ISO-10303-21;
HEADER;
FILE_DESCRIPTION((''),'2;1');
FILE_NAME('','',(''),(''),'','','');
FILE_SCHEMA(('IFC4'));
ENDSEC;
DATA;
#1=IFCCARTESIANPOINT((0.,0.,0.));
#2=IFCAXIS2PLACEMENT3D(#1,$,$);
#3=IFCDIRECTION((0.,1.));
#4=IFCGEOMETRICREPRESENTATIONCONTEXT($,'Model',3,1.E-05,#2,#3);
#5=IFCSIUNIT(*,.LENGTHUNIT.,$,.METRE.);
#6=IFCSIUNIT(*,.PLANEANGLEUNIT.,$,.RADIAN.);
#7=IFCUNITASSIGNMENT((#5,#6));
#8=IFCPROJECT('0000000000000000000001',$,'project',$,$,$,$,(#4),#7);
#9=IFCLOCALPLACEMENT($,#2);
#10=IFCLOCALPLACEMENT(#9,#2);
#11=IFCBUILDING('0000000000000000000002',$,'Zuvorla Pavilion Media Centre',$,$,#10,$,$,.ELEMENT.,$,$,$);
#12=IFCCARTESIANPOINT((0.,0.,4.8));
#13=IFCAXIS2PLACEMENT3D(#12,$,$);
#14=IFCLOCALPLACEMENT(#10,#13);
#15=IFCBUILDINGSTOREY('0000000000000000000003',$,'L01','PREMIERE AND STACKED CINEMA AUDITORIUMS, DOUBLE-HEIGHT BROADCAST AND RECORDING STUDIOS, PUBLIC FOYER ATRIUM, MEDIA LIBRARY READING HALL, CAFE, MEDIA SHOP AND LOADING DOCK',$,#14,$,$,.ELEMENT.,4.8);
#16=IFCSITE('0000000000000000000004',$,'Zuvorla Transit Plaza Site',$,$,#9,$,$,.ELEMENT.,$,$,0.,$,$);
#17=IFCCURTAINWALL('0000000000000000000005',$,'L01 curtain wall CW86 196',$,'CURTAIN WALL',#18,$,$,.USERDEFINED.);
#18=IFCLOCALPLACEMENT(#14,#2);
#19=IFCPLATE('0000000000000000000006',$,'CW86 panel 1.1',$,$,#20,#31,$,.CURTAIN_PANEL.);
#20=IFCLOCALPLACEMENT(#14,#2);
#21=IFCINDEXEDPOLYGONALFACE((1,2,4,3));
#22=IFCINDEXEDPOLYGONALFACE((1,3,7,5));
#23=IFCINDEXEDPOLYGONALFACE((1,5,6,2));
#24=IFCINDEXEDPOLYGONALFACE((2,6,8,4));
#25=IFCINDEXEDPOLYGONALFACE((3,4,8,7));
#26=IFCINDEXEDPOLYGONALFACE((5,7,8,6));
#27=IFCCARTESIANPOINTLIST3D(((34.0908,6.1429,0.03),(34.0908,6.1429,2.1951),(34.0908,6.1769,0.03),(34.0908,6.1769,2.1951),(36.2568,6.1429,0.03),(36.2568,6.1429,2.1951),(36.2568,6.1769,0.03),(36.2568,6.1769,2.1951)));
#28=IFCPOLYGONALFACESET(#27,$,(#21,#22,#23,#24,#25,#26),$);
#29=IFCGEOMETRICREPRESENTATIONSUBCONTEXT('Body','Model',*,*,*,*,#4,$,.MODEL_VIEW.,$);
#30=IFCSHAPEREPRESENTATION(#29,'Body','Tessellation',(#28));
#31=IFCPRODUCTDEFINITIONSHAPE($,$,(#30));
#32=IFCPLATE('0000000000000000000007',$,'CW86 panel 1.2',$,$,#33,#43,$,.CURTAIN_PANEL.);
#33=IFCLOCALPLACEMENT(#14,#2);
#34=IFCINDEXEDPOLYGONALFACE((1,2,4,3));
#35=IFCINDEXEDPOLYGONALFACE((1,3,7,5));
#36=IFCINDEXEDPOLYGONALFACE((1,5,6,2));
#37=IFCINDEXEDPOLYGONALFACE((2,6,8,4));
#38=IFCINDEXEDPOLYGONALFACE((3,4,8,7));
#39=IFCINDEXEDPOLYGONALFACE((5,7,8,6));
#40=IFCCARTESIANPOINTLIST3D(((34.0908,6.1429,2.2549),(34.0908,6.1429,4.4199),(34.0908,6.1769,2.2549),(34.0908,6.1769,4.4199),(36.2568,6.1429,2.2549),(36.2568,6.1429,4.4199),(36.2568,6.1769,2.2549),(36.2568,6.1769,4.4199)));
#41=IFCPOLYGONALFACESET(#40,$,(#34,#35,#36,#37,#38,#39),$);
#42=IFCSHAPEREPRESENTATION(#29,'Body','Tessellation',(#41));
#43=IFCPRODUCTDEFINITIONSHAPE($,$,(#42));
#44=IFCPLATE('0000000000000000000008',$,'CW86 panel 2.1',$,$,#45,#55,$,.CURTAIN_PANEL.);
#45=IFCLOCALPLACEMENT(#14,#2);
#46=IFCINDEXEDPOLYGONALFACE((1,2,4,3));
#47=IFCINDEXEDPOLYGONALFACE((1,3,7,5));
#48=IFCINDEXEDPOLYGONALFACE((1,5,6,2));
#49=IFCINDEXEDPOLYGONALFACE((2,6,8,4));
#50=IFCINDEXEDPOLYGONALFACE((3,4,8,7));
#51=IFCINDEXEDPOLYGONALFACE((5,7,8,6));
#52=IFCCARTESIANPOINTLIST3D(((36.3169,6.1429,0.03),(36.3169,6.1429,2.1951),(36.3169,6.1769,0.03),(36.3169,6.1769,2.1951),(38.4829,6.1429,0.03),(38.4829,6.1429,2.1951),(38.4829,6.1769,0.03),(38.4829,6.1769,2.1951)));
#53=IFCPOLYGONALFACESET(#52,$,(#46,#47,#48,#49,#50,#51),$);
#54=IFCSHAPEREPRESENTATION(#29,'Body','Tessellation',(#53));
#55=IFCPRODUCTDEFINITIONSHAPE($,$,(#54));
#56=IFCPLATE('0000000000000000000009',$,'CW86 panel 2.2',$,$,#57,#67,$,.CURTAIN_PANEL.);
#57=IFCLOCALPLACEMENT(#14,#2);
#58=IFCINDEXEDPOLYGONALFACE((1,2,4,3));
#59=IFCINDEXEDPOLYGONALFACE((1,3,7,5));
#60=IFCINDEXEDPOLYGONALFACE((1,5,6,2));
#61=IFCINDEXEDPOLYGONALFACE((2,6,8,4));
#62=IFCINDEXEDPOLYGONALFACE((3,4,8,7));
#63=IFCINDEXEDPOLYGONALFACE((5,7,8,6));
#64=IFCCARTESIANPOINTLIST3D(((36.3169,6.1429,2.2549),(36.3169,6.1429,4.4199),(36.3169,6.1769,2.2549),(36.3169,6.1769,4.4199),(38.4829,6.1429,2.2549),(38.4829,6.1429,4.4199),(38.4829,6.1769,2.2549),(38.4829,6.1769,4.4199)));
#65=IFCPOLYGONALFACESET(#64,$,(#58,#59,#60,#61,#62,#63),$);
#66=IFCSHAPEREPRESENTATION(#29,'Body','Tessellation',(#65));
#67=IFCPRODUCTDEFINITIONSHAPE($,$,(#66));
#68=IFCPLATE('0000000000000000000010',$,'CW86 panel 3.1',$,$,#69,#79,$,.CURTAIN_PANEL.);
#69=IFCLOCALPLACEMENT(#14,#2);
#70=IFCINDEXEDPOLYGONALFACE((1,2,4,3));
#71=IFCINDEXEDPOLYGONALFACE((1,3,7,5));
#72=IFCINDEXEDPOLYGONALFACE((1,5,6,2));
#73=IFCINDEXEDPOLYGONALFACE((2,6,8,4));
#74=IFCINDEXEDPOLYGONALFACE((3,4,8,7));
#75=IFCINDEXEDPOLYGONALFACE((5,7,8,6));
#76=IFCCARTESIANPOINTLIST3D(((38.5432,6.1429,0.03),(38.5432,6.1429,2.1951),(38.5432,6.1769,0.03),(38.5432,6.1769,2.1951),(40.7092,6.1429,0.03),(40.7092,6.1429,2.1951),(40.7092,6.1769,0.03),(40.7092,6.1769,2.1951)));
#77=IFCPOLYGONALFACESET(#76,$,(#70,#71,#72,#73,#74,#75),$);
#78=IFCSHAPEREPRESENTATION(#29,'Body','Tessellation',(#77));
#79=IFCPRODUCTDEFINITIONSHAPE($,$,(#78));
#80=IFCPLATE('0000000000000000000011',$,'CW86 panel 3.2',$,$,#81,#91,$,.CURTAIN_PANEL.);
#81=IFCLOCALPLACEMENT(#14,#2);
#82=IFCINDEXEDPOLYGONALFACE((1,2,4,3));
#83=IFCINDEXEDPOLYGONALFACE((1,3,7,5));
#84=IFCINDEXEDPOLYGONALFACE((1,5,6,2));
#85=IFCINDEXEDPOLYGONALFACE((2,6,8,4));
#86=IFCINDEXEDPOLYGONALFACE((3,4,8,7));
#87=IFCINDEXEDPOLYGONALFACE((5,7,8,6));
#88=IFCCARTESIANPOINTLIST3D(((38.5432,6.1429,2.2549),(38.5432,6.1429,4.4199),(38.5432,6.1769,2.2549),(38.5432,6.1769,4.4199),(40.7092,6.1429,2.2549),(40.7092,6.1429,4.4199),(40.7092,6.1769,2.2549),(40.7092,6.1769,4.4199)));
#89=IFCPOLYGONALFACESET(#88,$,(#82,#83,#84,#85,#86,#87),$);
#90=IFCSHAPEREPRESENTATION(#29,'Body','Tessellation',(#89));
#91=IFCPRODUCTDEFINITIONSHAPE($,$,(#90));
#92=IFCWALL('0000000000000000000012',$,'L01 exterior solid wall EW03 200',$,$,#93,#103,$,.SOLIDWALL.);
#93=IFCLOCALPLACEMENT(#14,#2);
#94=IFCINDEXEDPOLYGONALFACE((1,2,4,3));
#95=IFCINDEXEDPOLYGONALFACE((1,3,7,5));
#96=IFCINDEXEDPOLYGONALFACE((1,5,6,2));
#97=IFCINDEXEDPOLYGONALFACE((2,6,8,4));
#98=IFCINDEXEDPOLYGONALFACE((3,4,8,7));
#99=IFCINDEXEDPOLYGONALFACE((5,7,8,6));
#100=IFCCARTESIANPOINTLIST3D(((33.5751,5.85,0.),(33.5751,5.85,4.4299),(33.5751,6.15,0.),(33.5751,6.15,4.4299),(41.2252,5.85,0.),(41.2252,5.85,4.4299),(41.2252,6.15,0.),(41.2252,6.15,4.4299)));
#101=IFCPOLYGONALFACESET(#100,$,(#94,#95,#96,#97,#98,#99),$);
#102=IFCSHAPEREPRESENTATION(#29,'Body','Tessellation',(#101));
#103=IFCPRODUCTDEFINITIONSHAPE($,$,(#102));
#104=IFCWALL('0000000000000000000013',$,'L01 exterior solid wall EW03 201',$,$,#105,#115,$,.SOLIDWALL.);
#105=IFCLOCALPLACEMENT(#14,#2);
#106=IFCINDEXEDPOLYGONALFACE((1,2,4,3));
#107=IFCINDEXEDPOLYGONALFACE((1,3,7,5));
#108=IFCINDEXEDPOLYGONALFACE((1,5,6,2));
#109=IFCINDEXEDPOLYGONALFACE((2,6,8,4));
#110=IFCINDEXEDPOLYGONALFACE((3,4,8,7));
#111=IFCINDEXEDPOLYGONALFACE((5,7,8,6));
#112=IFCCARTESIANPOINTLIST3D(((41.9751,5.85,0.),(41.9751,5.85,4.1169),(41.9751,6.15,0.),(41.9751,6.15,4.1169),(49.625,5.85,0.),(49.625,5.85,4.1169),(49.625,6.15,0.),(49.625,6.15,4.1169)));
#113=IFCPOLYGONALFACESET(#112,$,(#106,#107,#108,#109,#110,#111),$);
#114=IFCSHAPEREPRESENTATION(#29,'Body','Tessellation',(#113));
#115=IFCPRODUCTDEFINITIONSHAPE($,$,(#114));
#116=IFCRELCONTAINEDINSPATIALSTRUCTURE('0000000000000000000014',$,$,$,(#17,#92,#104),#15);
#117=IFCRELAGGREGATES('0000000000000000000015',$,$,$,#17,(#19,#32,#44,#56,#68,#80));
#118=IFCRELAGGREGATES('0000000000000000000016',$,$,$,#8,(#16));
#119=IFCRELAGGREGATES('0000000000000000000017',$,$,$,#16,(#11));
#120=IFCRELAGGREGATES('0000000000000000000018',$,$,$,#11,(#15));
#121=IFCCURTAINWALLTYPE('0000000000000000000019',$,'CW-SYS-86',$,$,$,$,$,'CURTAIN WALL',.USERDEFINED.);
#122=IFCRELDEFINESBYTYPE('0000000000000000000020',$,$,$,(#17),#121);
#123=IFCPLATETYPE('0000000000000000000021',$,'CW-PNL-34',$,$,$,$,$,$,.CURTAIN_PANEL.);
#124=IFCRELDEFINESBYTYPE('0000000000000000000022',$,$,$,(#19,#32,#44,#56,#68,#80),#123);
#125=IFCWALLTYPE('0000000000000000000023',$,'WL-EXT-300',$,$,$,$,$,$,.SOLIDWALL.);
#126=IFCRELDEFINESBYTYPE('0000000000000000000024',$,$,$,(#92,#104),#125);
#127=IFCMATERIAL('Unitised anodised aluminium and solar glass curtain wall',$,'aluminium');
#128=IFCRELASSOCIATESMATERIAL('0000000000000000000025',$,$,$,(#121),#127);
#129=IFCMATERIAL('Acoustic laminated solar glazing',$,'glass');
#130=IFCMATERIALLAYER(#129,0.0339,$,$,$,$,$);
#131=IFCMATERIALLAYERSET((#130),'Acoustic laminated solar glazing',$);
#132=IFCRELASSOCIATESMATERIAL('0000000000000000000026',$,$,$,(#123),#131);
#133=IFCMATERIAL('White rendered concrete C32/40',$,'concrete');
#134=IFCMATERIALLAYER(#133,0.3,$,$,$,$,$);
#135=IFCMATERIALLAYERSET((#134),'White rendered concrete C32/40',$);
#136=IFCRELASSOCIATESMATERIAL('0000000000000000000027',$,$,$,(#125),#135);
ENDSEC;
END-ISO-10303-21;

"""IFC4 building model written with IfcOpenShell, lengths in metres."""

from ifc_helpers import new_model, si_unit, direction, frame, frame_2d, origin, origin_2d, place, context, subcontext, project, spatial, rectangle, extrude, material, layer, layer_set, type_object, element, aggregate, save


model = new_model("IFC4")

# Units and contexts
model_context = context("Model", 3, precision=1e-05, world=origin(), true_north=direction((0.0, 1.0)))
body_context = subcontext(model_context, "Body", "Model", "MODEL_VIEW")
ifc_project = project(units=[si_unit("LENGTHUNIT", "METRE"), si_unit("PLANEANGLEUNIT", "RADIAN")], contexts=[model_context])

# Site, building, storey
site_placement = place(None, origin())
site = spatial("IfcSite", under=ifc_project, at=site_placement, Name="Zuvorla Transit Plaza Site", CompositionType="ELEMENT", RefElevation=0.0)
building_placement = place(site_placement, origin())
building = spatial("IfcBuilding", under=site, at=building_placement, Name="Zuvorla Pavilion Media Centre", CompositionType="ELEMENT")
storey_placement = place(building_placement, frame((0.0, 0.0, 4.8)))
storey = spatial("IfcBuildingStorey", under=building, at=storey_placement, Name="L01", Description="PREMIERE AND STACKED CINEMA AUDITORIUMS, DOUBLE-HEIGHT BROADCAST AND RECORDING STUDIOS, PUBLIC FOYER ATRIUM, MEDIA LIBRARY READING HALL, CAFE, MEDIA SHOP AND LOADING DOCK", CompositionType="ELEMENT", Elevation=4.8)

# Curtain wall
ifc_material_1 = material(Name="Unitised anodised aluminium and solar glass curtain wall", Category="aluminium")
curtain_wall_type = type_object("IfcCurtainWallType", Name="CW-SYS-86", ElementType="CURTAIN WALL", PredefinedType="USERDEFINED", material=ifc_material_1)
curtain_wall_1_placement = place(storey_placement, origin())
curtain_wall_1 = element("IfcCurtainWall", 1, at=curtain_wall_1_placement, inside=storey, type_object=curtain_wall_type, Name="L01 curtain wall CW86 196", ObjectType="CURTAIN WALL", PredefinedType="USERDEFINED")

# Plates
ifc_material_2 = material(Name="Acoustic laminated solar glazing", Category="glass")
ifc_layer_1 = layer(ifc_material_2, 0.0339)
ifc_layer_set_1 = layer_set([ifc_layer_1], Name="Acoustic laminated solar glazing")
plate_type = type_object("IfcPlateType", Name="CW-PNL-34", PredefinedType="CURTAIN_PANEL", material=ifc_layer_set_1)
plate_1_placement = place(storey_placement, frame((35.1738, 6.1599, 0.03), z_axis=(0.0, 0.0, 1.0), x_axis=(1.0, 0.0, 0.0)))
plate_1 = element("IfcPlate", 2, at=plate_1_placement, type_object=plate_type, Name="CW86 panel 1.1", PredefinedType="CURTAIN_PANEL", context=body_context, shape_type="SweptSolid", body=[
    extrude(rectangle(XDim=2.166, YDim=0.0339, at=origin_2d()), origin(), (0.0, 0.0, 1.0), 2.165),
])
plate_2_placement = place(storey_placement, frame((35.1738, 6.1599, 2.2549), z_axis=(0.0, 0.0, 1.0), x_axis=(1.0, 0.0, 0.0)))
plate_2 = element("IfcPlate", 3, at=plate_2_placement, type_object=plate_type, Name="CW86 panel 1.2", PredefinedType="CURTAIN_PANEL", context=body_context, shape_type="SweptSolid", body=[
    extrude(rectangle(XDim=2.166, YDim=0.0339, at=origin_2d()), origin(), (0.0, 0.0, 1.0), 2.165),
])
plate_3_placement = place(storey_placement, frame((37.3999, 6.1599, 0.03), z_axis=(0.0, 0.0, 1.0), x_axis=(1.0, 0.0, 0.0)))
plate_3 = element("IfcPlate", 4, at=plate_3_placement, type_object=plate_type, Name="CW86 panel 2.1", PredefinedType="CURTAIN_PANEL", context=body_context, shape_type="SweptSolid", body=[
    extrude(rectangle(XDim=2.166, YDim=0.0339, at=origin_2d()), origin(), (0.0, 0.0, 1.0), 2.165),
])
plate_4_placement = place(storey_placement, frame((37.3999, 6.1599, 2.2549), z_axis=(0.0, 0.0, 1.0), x_axis=(1.0, 0.0, 0.0)))
plate_4 = element("IfcPlate", 5, at=plate_4_placement, type_object=plate_type, Name="CW86 panel 2.2", PredefinedType="CURTAIN_PANEL", context=body_context, shape_type="SweptSolid", body=[
    extrude(rectangle(XDim=2.166, YDim=0.0339, at=origin_2d()), origin(), (0.0, 0.0, 1.0), 2.165),
])
plate_5_placement = place(storey_placement, frame((39.6262, 6.1599, 0.03), z_axis=(0.0, 0.0, 1.0), x_axis=(1.0, 0.0, 0.0)))
plate_5 = element("IfcPlate", 6, at=plate_5_placement, type_object=plate_type, Name="CW86 panel 3.1", PredefinedType="CURTAIN_PANEL", context=body_context, shape_type="SweptSolid", body=[
    extrude(rectangle(XDim=2.166, YDim=0.0339, at=origin_2d()), origin(), (0.0, 0.0, 1.0), 2.165),
])
plate_6_placement = place(storey_placement, frame((39.6262, 6.1599, 2.2549), z_axis=(0.0, 0.0, 1.0), x_axis=(1.0, 0.0, 0.0)))
plate_6 = element("IfcPlate", 7, at=plate_6_placement, type_object=plate_type, Name="CW86 panel 3.2", PredefinedType="CURTAIN_PANEL", context=body_context, shape_type="SweptSolid", body=[
    extrude(rectangle(XDim=2.166, YDim=0.0339, at=origin_2d()), origin(), (0.0, 0.0, 1.0), 2.165),
])
aggregate(curtain_wall_1, [plate_1, plate_2, plate_3, plate_4, plate_5, plate_6])

# Walls
ifc_material_3 = material(Name="White rendered concrete C32/40", Category="concrete")
ifc_layer_2 = layer(ifc_material_3, 0.3)
ifc_layer_set_2 = layer_set([ifc_layer_2], Name="White rendered concrete C32/40")
wall_type = type_object("IfcWallType", Name="WL-EXT-300", PredefinedType="SOLIDWALL", material=ifc_layer_set_2)
wall_1_placement = place(storey_placement, frame((33.575, 6.0, 0.0), z_axis=(0.0, 0.0, 1.0), x_axis=(1.0, 0.0, 0.0)))
element("IfcWall", 8, at=wall_1_placement, inside=storey, type_object=wall_type, Name="L01 exterior solid wall EW03 200", PredefinedType="SOLIDWALL", context=body_context, shape_type="SweptSolid", body=[
    extrude(rectangle(XDim=7.6501, YDim=0.3, at=frame_2d((3.8252, 0.0))), origin(), (0.0, 0.0, 1.0), 4.4299),
])
wall_2_placement = place(storey_placement, frame((41.9751, 6.0, 0.0), z_axis=(0.0, 0.0, 1.0), x_axis=(1.0, 0.0, 0.0)))
element("IfcWall", 9, at=wall_2_placement, inside=storey, type_object=wall_type, Name="L01 exterior solid wall EW03 201", PredefinedType="SOLIDWALL", context=body_context, shape_type="SweptSolid", body=[
    extrude(rectangle(XDim=7.6499, YDim=0.3, at=frame_2d((3.825, 0.0))), origin(), (0.0, 0.0, 1.0), 4.1169),
])

save(model, "model.ifc")
